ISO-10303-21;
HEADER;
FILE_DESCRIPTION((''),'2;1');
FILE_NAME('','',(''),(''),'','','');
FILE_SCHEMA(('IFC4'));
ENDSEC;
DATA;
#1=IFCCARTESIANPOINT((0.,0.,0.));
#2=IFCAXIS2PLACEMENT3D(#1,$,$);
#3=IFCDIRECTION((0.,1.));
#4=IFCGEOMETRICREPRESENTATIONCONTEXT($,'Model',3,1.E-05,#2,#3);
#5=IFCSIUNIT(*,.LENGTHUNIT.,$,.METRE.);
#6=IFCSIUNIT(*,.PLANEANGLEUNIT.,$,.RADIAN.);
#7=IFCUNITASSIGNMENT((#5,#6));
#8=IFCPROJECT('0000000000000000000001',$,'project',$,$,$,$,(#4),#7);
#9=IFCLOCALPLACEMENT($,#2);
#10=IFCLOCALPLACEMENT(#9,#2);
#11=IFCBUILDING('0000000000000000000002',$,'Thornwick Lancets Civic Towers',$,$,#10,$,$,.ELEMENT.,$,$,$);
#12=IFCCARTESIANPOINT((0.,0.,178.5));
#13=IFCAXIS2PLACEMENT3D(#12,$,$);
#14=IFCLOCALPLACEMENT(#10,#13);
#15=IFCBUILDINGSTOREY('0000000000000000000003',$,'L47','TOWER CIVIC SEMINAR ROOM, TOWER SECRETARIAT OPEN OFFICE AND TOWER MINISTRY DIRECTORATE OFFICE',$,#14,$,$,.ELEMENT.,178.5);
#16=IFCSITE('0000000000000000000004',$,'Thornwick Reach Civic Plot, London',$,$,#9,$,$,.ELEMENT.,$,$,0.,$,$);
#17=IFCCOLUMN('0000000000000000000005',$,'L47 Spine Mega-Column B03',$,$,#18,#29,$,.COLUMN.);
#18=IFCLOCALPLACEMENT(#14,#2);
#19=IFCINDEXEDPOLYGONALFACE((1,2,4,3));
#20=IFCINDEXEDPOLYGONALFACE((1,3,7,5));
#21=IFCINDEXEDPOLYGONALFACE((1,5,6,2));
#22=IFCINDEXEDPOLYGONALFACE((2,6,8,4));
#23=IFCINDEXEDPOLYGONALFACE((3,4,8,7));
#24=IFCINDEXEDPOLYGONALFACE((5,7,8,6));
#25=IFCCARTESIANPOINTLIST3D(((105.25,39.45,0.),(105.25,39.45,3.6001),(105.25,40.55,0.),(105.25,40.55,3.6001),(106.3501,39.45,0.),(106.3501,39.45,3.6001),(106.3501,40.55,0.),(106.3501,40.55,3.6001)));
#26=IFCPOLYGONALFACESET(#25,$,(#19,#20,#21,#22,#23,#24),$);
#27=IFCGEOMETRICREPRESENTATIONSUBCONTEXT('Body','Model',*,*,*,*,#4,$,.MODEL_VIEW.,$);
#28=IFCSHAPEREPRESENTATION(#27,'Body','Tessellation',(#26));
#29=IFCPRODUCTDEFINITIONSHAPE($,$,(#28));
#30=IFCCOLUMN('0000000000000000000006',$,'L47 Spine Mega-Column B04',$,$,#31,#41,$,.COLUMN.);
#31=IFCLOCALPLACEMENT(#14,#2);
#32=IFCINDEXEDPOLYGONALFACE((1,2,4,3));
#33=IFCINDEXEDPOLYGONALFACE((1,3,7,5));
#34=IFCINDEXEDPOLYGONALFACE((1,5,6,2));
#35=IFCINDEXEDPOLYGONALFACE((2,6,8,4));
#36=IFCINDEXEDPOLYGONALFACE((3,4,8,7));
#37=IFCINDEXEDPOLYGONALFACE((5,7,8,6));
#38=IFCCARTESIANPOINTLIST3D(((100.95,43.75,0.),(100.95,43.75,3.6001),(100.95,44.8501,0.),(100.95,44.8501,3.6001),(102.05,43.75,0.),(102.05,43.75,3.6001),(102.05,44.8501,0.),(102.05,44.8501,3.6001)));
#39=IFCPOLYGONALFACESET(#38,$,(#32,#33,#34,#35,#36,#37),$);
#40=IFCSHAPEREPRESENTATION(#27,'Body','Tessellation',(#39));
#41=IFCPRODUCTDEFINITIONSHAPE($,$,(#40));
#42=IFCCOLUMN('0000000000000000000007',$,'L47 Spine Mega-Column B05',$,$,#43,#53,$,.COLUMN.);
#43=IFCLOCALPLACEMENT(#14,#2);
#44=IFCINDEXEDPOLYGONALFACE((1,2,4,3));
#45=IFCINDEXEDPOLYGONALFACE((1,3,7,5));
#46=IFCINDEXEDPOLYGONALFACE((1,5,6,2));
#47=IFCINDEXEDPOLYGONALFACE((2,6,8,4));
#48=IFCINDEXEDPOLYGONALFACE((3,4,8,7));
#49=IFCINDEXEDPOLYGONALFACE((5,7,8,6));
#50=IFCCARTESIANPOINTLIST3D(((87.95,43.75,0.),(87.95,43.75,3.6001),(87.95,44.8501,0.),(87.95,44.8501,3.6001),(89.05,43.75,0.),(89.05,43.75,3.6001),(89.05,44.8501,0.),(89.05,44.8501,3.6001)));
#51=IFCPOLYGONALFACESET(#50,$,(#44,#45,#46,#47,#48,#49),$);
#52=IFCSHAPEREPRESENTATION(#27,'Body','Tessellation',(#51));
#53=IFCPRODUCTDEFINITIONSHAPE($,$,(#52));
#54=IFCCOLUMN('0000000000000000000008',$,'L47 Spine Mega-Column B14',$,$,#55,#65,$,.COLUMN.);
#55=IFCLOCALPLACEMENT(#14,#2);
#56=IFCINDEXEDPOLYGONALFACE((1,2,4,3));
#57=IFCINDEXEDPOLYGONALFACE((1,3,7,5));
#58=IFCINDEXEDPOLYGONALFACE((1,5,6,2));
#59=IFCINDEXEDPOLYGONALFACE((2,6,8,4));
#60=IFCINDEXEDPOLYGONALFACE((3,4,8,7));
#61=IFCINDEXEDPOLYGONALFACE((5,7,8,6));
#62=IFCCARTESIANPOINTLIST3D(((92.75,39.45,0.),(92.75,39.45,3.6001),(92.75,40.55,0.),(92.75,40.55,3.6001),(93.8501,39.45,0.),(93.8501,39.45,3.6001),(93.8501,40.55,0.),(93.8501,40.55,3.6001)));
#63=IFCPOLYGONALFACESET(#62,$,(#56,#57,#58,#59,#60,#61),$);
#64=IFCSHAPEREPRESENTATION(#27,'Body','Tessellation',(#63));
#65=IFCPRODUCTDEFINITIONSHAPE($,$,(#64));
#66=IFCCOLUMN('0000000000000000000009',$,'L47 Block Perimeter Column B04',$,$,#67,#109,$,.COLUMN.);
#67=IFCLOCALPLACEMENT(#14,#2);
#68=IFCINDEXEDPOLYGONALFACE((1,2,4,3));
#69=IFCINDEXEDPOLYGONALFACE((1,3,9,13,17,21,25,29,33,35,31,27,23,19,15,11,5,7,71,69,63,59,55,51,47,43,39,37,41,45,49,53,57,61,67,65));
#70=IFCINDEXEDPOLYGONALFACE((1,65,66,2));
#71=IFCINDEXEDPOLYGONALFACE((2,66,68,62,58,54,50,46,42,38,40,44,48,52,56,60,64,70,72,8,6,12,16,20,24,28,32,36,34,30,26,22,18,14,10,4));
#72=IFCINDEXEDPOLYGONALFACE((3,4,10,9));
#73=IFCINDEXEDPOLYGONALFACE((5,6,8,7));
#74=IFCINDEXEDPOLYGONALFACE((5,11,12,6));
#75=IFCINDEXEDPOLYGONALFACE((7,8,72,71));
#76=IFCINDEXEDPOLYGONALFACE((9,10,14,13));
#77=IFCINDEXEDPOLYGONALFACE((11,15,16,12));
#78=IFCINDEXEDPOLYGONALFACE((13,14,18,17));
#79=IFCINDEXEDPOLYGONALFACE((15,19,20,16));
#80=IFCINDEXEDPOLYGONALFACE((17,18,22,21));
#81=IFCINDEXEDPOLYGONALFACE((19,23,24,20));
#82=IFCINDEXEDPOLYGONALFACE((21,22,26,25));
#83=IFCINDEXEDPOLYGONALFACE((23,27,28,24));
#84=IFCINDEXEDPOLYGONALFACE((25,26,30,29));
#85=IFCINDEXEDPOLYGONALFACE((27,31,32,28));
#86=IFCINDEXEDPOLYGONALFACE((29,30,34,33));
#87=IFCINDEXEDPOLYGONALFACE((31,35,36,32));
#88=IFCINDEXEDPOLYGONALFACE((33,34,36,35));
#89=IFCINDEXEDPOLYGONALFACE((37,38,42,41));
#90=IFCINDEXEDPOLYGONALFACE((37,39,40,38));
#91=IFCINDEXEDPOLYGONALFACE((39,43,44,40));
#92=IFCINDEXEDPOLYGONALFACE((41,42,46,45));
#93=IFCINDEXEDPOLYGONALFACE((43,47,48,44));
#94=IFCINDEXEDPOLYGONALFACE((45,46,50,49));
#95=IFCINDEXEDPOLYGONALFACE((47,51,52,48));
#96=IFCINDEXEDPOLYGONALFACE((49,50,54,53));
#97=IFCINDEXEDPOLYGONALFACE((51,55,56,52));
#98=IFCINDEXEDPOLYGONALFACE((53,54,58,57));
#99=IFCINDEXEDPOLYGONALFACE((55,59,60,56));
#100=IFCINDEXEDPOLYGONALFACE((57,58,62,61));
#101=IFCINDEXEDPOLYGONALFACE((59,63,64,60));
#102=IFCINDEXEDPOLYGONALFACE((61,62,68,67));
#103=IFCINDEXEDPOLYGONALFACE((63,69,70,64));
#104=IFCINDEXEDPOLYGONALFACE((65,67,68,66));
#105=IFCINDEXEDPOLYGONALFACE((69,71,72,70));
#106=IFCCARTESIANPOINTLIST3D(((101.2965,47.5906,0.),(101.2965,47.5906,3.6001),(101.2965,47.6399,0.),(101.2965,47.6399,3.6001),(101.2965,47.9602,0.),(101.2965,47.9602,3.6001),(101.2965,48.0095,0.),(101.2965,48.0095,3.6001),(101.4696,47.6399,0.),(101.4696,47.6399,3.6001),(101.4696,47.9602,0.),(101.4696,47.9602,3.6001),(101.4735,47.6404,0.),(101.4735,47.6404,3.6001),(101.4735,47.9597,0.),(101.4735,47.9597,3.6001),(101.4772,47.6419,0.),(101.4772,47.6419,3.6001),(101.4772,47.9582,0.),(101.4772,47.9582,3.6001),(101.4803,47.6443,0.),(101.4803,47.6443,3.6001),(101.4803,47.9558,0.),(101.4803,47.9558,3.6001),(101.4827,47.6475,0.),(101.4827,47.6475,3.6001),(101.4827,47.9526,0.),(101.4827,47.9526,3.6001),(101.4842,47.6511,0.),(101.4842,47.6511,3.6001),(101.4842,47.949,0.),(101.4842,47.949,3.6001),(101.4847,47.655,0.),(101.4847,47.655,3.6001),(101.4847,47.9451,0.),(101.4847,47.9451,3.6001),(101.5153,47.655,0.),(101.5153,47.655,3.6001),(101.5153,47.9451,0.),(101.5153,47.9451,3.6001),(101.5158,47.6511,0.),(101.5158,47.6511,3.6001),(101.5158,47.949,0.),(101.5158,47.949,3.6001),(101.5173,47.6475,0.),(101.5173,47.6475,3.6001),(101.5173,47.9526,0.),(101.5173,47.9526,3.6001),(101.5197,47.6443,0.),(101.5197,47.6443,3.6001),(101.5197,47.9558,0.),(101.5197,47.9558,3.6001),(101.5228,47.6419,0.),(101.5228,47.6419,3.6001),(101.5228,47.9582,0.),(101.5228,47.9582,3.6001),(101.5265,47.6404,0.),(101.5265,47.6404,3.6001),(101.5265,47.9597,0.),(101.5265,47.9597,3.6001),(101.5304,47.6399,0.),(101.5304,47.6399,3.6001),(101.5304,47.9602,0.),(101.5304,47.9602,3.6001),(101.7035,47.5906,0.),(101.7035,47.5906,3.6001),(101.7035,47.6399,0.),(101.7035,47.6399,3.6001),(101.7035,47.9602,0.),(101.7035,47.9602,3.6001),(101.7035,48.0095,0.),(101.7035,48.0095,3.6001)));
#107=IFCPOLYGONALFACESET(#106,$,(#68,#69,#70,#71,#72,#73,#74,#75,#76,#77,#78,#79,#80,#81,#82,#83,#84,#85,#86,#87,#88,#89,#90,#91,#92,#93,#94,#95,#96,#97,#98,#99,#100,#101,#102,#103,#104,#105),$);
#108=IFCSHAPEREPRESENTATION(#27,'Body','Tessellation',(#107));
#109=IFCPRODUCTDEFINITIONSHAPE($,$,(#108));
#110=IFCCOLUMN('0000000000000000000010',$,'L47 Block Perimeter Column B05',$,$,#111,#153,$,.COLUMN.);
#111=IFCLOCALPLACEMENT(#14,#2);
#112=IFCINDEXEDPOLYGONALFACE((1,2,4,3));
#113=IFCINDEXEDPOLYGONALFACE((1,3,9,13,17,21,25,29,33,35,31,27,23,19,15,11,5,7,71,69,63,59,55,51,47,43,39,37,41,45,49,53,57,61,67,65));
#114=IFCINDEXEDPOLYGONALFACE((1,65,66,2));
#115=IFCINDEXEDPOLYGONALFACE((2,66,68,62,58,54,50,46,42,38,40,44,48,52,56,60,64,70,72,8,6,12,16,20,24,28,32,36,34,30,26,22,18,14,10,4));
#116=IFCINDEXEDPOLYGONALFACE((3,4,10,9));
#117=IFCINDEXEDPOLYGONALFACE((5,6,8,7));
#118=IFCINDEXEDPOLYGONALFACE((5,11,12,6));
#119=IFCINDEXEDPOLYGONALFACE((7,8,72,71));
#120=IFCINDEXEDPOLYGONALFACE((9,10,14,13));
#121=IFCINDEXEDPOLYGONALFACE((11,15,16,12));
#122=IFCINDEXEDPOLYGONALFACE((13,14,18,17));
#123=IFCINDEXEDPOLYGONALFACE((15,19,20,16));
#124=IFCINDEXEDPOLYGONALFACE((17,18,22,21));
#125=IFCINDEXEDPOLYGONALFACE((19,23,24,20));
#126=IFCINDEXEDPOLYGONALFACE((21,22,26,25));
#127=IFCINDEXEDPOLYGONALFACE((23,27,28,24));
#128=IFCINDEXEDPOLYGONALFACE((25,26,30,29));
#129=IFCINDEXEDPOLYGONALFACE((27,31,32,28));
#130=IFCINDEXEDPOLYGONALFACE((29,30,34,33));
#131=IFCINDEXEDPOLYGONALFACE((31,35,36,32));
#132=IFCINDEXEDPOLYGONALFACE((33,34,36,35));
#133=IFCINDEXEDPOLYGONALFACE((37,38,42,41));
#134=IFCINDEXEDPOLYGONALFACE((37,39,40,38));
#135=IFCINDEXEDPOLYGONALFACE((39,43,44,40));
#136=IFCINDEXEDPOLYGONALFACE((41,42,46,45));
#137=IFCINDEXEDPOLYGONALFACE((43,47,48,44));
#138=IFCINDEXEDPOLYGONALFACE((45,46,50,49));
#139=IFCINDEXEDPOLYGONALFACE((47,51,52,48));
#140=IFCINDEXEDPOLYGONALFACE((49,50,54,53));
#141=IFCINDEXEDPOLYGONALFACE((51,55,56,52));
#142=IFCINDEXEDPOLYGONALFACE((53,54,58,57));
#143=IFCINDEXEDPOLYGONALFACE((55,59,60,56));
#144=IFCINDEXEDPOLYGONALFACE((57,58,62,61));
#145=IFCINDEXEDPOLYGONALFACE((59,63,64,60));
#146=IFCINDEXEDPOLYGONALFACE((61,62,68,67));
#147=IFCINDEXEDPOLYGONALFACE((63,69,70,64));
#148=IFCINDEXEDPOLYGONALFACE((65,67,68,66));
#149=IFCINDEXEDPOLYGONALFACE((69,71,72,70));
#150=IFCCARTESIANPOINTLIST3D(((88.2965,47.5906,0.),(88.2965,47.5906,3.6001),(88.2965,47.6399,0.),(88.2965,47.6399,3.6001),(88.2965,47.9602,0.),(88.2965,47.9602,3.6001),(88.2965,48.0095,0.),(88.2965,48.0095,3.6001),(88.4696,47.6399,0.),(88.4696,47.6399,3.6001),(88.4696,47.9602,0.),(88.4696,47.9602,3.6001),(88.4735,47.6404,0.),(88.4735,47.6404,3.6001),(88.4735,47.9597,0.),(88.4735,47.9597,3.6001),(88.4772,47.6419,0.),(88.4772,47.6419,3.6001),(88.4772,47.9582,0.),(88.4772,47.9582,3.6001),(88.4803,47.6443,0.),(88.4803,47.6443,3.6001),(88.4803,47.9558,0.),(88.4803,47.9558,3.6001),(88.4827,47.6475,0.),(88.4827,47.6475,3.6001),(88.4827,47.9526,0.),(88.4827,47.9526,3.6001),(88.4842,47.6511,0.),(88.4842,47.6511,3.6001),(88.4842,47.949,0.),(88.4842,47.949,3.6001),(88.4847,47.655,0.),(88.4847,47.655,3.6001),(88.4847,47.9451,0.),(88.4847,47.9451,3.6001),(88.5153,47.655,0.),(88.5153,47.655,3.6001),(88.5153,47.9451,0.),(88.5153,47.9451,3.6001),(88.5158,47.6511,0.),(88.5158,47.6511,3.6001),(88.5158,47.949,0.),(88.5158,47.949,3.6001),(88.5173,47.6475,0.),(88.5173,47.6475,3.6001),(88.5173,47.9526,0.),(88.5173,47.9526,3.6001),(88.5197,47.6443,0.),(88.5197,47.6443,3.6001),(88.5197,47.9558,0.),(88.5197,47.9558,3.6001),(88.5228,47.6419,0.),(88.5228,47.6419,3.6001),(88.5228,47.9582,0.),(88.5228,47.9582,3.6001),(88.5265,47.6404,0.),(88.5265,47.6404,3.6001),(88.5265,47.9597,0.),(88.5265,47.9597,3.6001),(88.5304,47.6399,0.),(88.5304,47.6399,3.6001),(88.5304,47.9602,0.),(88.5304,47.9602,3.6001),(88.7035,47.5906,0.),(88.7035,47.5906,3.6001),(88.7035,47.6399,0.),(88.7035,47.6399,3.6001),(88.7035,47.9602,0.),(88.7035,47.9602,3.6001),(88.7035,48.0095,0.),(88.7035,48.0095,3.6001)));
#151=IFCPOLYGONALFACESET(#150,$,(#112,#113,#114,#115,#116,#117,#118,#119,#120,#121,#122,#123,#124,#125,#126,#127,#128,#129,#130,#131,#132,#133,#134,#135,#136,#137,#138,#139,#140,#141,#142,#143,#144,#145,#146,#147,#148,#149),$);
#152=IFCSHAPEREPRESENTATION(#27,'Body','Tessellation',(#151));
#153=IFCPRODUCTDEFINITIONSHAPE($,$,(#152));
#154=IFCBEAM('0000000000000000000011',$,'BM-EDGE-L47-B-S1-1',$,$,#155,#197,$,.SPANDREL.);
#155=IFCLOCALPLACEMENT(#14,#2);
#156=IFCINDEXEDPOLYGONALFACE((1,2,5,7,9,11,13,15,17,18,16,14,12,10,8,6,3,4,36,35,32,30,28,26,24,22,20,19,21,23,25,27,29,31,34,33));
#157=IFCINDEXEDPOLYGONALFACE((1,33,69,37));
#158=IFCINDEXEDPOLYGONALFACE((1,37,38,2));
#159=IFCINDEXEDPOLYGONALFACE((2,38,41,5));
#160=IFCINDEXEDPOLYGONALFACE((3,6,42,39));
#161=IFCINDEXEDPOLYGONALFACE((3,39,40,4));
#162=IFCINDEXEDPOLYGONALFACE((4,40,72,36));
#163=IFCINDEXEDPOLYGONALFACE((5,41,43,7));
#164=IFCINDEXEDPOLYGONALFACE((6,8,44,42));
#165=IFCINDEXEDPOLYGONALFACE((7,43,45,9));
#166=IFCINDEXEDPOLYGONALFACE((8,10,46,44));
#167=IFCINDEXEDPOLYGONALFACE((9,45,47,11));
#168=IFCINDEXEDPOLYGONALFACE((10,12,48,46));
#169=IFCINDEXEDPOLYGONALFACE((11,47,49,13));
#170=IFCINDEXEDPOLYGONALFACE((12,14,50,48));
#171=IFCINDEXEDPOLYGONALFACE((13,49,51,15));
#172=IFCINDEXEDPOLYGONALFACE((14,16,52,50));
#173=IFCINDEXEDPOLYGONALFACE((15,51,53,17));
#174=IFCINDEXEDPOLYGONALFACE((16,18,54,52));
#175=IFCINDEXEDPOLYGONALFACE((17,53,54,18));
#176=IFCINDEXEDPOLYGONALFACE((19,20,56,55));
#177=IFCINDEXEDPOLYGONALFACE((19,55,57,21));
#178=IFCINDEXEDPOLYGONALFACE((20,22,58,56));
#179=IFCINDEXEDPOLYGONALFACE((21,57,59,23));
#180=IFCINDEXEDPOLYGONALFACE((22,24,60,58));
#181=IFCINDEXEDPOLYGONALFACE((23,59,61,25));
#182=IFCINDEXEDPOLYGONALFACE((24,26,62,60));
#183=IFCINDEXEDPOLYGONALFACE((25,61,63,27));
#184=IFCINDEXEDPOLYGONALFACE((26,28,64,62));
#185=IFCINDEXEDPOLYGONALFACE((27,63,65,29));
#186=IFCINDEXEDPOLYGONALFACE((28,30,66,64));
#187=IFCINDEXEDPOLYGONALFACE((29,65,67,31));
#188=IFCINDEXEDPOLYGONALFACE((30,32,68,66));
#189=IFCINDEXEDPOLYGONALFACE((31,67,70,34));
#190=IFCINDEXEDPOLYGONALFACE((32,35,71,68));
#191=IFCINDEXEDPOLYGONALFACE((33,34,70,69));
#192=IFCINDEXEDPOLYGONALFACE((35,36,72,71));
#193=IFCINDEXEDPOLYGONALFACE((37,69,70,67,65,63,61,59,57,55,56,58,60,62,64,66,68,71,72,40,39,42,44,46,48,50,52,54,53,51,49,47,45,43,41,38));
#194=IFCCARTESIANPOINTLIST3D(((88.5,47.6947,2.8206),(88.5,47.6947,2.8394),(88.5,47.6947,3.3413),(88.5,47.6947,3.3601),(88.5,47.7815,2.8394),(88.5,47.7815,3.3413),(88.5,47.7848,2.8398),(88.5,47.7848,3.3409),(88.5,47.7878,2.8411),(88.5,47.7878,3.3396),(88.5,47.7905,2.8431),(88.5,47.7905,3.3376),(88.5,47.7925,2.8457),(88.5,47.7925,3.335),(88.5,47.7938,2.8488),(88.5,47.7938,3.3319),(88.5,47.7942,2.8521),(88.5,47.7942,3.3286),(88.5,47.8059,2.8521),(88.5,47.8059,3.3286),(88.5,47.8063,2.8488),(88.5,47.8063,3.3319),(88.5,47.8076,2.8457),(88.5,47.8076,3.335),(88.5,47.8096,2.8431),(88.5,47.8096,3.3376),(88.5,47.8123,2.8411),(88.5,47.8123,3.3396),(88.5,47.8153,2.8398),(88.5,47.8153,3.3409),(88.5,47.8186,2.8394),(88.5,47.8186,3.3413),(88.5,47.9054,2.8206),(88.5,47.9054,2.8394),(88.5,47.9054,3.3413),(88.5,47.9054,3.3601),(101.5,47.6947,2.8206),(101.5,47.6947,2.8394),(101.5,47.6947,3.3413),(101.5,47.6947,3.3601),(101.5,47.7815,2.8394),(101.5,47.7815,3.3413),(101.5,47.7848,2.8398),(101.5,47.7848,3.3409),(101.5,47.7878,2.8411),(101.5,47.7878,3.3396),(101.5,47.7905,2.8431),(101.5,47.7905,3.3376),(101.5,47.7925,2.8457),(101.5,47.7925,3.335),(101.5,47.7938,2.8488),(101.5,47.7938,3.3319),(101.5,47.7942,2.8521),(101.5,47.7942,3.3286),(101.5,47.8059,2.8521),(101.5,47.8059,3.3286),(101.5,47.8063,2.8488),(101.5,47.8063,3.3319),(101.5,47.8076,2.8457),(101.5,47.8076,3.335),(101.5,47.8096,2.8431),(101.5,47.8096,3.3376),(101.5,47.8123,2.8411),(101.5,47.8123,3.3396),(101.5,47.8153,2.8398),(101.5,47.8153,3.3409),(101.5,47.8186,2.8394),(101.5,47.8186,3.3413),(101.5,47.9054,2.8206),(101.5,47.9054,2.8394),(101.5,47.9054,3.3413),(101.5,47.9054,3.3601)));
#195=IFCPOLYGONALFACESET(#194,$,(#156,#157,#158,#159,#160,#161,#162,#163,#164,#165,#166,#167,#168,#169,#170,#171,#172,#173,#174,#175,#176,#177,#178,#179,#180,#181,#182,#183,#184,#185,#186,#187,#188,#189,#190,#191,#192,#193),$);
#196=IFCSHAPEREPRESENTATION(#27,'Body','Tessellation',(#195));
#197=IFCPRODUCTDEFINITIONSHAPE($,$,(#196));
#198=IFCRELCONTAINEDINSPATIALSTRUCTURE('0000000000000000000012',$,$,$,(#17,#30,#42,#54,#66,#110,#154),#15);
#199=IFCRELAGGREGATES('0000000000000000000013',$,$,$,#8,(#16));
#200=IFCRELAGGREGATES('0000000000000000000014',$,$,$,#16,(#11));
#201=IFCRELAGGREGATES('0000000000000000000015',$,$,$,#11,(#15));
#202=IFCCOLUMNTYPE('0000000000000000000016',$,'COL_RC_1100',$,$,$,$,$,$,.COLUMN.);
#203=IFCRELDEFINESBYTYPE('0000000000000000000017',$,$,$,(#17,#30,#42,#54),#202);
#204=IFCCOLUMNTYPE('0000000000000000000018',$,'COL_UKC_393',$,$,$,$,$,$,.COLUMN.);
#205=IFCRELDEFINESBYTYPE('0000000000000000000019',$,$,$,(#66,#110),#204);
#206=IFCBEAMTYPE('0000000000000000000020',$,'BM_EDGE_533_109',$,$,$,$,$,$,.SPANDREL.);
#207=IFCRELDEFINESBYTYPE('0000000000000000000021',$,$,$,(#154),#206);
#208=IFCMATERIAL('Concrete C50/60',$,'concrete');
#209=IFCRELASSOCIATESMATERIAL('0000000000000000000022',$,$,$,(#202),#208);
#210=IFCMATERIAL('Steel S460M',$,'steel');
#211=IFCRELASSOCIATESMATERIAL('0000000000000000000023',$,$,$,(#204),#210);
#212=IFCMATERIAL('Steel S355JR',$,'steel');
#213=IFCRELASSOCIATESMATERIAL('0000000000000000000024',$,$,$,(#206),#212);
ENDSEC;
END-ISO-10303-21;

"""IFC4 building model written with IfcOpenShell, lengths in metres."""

from ifc_helpers import new_model, si_unit, direction, frame, origin, origin_2d, place, context, subcontext, project, spatial, rectangle, i_section, extrude, material, material_profile, profile_set, type_object, element, save


model = new_model("IFC4")

# Units and contexts
model_context = context("Model", 3, precision=1e-05, world=origin(), true_north=direction((0.0, 1.0)))
body_context = subcontext(model_context, "Body", "Model", "MODEL_VIEW")
ifc_project = project(units=[si_unit("LENGTHUNIT", "METRE"), si_unit("PLANEANGLEUNIT", "RADIAN")], contexts=[model_context])

# Site, building, storey
site_placement = place(None, origin())
site = spatial("IfcSite", under=ifc_project, at=site_placement, Name="Thornwick Reach Civic Plot, London", CompositionType="ELEMENT", RefElevation=0.0)
building_placement = place(site_placement, origin())
building = spatial("IfcBuilding", under=site, at=building_placement, Name="Thornwick Lancets Civic Towers", CompositionType="ELEMENT")
storey_placement = place(building_placement, frame((0.0, 0.0, 178.5)))
storey = spatial("IfcBuildingStorey", under=building, at=storey_placement, Name="L47", Description="TOWER CIVIC SEMINAR ROOM, TOWER SECRETARIAT OPEN OFFICE AND TOWER MINISTRY DIRECTORATE OFFICE", CompositionType="ELEMENT", Elevation=178.5)

# Columns
ifc_material_1 = material(Name="Concrete C50/60", Category="concrete")
ifc_material_profile_1 = material_profile(ifc_material_1, rectangle(XDim=1.1001, YDim=1.1001, at=origin_2d()), Name="RC 1100x1100")
ifc_profile_set_1 = profile_set([ifc_material_profile_1], Name="Concrete C50/60")
column_type_1 = type_object("IfcColumnType", Name="COL_RC_1100", PredefinedType="COLUMN", material=ifc_profile_set_1)
for number, where, z_axis, x_axis, name in (
    (1, (105.8, 40.0, 0.0), (0.0, 0.0, 1.0), (1.0, 0.0, 0.0), "L47 Spine Mega-Column B03"),
    (2, (101.5, 44.3, 0.0), (0.0, 0.0, 1.0), (1.0, 0.0, 0.0), "L47 Spine Mega-Column B04"),
    (3, (88.5, 44.3, 0.0), (0.0, 0.0, 1.0), (1.0, 0.0, 0.0), "L47 Spine Mega-Column B05"),
    (4, (93.3, 40.0, 0.0), (0.0, 0.0, 1.0), (1.0, 0.0, 0.0), "L47 Spine Mega-Column B14"),
):
    element("IfcColumn", number, at=place(storey_placement, frame(where, z_axis=z_axis, x_axis=x_axis)), inside=storey, type_object=column_type_1, Name=name, PredefinedType="COLUMN", context=body_context, shape_type="SweptSolid", body=[
        extrude(rectangle(XDim=1.1001, YDim=1.1001, at=origin_2d()), origin(), (0.0, 0.0, 1.0), 3.6001),
    ])
ifc_material_2 = material(Name="Steel S460M", Category="steel")
ifc_material_profile_2 = material_profile(ifc_material_2, i_section(OverallWidth=0.407, OverallDepth=0.4189, WebThickness=0.0305, FlangeThickness=0.0493, FilletRadius=0.0151, at=origin_2d()), Name="UKC 356x406x393")
ifc_profile_set_2 = profile_set([ifc_material_profile_2], Name="Steel S460M")
column_type_2 = type_object("IfcColumnType", Name="COL_UKC_393", PredefinedType="COLUMN", material=ifc_profile_set_2)
for number, where, z_axis, x_axis, name in (
    (5, (101.5, 47.8, 0.0), (0.0, 0.0, 1.0), (1.0, 0.0, 0.0), "L47 Block Perimeter Column B04"),
    (6, (88.5, 47.8, 0.0), (0.0, 0.0, 1.0), (1.0, 0.0, 0.0), "L47 Block Perimeter Column B05"),
):
    element("IfcColumn", number, at=place(storey_placement, frame(where, z_axis=z_axis, x_axis=x_axis)), inside=storey, type_object=column_type_2, Name=name, PredefinedType="COLUMN", context=body_context, shape_type="SweptSolid", body=[
        extrude(i_section(OverallWidth=0.407, OverallDepth=0.4189, WebThickness=0.0305, FlangeThickness=0.0493, FilletRadius=0.0151, at=origin_2d()), origin(), (0.0, 0.0, 1.0), 3.6001),
    ])

# Beam
ifc_material_3 = material(Name="Steel S355JR", Category="steel")
ifc_material_profile_3 = material_profile(ifc_material_3, i_section(OverallWidth=0.2107, OverallDepth=0.5396, WebThickness=0.0117, FlangeThickness=0.0188, FilletRadius=0.0127, at=origin_2d()), Name="UKB 533x210x109")
ifc_profile_set_3 = profile_set([ifc_material_profile_3], Name="Steel S355JR")
beam_type_1 = type_object("IfcBeamType", Name="BM_EDGE_533_109", PredefinedType="SPANDREL", material=ifc_profile_set_3)
beam_1_placement = place(storey_placement, frame((101.5, 47.8, 3.0903), z_axis=(-1.0, 0.0, 0.0), x_axis=(0.0, -1.0, 0.0)))
element("IfcBeam", 7, at=beam_1_placement, inside=storey, type_object=beam_type_1, Name="BM-EDGE-L47-B-S1-1", PredefinedType="SPANDREL", context=body_context, shape_type="SweptSolid", body=[
    extrude(i_section(OverallWidth=0.2107, OverallDepth=0.5396, WebThickness=0.0117, FlangeThickness=0.0188, FilletRadius=0.0127, at=origin_2d()), origin(), (0.0, 0.0, 1.0), 13.0),
])

save(model, "model.ifc")
